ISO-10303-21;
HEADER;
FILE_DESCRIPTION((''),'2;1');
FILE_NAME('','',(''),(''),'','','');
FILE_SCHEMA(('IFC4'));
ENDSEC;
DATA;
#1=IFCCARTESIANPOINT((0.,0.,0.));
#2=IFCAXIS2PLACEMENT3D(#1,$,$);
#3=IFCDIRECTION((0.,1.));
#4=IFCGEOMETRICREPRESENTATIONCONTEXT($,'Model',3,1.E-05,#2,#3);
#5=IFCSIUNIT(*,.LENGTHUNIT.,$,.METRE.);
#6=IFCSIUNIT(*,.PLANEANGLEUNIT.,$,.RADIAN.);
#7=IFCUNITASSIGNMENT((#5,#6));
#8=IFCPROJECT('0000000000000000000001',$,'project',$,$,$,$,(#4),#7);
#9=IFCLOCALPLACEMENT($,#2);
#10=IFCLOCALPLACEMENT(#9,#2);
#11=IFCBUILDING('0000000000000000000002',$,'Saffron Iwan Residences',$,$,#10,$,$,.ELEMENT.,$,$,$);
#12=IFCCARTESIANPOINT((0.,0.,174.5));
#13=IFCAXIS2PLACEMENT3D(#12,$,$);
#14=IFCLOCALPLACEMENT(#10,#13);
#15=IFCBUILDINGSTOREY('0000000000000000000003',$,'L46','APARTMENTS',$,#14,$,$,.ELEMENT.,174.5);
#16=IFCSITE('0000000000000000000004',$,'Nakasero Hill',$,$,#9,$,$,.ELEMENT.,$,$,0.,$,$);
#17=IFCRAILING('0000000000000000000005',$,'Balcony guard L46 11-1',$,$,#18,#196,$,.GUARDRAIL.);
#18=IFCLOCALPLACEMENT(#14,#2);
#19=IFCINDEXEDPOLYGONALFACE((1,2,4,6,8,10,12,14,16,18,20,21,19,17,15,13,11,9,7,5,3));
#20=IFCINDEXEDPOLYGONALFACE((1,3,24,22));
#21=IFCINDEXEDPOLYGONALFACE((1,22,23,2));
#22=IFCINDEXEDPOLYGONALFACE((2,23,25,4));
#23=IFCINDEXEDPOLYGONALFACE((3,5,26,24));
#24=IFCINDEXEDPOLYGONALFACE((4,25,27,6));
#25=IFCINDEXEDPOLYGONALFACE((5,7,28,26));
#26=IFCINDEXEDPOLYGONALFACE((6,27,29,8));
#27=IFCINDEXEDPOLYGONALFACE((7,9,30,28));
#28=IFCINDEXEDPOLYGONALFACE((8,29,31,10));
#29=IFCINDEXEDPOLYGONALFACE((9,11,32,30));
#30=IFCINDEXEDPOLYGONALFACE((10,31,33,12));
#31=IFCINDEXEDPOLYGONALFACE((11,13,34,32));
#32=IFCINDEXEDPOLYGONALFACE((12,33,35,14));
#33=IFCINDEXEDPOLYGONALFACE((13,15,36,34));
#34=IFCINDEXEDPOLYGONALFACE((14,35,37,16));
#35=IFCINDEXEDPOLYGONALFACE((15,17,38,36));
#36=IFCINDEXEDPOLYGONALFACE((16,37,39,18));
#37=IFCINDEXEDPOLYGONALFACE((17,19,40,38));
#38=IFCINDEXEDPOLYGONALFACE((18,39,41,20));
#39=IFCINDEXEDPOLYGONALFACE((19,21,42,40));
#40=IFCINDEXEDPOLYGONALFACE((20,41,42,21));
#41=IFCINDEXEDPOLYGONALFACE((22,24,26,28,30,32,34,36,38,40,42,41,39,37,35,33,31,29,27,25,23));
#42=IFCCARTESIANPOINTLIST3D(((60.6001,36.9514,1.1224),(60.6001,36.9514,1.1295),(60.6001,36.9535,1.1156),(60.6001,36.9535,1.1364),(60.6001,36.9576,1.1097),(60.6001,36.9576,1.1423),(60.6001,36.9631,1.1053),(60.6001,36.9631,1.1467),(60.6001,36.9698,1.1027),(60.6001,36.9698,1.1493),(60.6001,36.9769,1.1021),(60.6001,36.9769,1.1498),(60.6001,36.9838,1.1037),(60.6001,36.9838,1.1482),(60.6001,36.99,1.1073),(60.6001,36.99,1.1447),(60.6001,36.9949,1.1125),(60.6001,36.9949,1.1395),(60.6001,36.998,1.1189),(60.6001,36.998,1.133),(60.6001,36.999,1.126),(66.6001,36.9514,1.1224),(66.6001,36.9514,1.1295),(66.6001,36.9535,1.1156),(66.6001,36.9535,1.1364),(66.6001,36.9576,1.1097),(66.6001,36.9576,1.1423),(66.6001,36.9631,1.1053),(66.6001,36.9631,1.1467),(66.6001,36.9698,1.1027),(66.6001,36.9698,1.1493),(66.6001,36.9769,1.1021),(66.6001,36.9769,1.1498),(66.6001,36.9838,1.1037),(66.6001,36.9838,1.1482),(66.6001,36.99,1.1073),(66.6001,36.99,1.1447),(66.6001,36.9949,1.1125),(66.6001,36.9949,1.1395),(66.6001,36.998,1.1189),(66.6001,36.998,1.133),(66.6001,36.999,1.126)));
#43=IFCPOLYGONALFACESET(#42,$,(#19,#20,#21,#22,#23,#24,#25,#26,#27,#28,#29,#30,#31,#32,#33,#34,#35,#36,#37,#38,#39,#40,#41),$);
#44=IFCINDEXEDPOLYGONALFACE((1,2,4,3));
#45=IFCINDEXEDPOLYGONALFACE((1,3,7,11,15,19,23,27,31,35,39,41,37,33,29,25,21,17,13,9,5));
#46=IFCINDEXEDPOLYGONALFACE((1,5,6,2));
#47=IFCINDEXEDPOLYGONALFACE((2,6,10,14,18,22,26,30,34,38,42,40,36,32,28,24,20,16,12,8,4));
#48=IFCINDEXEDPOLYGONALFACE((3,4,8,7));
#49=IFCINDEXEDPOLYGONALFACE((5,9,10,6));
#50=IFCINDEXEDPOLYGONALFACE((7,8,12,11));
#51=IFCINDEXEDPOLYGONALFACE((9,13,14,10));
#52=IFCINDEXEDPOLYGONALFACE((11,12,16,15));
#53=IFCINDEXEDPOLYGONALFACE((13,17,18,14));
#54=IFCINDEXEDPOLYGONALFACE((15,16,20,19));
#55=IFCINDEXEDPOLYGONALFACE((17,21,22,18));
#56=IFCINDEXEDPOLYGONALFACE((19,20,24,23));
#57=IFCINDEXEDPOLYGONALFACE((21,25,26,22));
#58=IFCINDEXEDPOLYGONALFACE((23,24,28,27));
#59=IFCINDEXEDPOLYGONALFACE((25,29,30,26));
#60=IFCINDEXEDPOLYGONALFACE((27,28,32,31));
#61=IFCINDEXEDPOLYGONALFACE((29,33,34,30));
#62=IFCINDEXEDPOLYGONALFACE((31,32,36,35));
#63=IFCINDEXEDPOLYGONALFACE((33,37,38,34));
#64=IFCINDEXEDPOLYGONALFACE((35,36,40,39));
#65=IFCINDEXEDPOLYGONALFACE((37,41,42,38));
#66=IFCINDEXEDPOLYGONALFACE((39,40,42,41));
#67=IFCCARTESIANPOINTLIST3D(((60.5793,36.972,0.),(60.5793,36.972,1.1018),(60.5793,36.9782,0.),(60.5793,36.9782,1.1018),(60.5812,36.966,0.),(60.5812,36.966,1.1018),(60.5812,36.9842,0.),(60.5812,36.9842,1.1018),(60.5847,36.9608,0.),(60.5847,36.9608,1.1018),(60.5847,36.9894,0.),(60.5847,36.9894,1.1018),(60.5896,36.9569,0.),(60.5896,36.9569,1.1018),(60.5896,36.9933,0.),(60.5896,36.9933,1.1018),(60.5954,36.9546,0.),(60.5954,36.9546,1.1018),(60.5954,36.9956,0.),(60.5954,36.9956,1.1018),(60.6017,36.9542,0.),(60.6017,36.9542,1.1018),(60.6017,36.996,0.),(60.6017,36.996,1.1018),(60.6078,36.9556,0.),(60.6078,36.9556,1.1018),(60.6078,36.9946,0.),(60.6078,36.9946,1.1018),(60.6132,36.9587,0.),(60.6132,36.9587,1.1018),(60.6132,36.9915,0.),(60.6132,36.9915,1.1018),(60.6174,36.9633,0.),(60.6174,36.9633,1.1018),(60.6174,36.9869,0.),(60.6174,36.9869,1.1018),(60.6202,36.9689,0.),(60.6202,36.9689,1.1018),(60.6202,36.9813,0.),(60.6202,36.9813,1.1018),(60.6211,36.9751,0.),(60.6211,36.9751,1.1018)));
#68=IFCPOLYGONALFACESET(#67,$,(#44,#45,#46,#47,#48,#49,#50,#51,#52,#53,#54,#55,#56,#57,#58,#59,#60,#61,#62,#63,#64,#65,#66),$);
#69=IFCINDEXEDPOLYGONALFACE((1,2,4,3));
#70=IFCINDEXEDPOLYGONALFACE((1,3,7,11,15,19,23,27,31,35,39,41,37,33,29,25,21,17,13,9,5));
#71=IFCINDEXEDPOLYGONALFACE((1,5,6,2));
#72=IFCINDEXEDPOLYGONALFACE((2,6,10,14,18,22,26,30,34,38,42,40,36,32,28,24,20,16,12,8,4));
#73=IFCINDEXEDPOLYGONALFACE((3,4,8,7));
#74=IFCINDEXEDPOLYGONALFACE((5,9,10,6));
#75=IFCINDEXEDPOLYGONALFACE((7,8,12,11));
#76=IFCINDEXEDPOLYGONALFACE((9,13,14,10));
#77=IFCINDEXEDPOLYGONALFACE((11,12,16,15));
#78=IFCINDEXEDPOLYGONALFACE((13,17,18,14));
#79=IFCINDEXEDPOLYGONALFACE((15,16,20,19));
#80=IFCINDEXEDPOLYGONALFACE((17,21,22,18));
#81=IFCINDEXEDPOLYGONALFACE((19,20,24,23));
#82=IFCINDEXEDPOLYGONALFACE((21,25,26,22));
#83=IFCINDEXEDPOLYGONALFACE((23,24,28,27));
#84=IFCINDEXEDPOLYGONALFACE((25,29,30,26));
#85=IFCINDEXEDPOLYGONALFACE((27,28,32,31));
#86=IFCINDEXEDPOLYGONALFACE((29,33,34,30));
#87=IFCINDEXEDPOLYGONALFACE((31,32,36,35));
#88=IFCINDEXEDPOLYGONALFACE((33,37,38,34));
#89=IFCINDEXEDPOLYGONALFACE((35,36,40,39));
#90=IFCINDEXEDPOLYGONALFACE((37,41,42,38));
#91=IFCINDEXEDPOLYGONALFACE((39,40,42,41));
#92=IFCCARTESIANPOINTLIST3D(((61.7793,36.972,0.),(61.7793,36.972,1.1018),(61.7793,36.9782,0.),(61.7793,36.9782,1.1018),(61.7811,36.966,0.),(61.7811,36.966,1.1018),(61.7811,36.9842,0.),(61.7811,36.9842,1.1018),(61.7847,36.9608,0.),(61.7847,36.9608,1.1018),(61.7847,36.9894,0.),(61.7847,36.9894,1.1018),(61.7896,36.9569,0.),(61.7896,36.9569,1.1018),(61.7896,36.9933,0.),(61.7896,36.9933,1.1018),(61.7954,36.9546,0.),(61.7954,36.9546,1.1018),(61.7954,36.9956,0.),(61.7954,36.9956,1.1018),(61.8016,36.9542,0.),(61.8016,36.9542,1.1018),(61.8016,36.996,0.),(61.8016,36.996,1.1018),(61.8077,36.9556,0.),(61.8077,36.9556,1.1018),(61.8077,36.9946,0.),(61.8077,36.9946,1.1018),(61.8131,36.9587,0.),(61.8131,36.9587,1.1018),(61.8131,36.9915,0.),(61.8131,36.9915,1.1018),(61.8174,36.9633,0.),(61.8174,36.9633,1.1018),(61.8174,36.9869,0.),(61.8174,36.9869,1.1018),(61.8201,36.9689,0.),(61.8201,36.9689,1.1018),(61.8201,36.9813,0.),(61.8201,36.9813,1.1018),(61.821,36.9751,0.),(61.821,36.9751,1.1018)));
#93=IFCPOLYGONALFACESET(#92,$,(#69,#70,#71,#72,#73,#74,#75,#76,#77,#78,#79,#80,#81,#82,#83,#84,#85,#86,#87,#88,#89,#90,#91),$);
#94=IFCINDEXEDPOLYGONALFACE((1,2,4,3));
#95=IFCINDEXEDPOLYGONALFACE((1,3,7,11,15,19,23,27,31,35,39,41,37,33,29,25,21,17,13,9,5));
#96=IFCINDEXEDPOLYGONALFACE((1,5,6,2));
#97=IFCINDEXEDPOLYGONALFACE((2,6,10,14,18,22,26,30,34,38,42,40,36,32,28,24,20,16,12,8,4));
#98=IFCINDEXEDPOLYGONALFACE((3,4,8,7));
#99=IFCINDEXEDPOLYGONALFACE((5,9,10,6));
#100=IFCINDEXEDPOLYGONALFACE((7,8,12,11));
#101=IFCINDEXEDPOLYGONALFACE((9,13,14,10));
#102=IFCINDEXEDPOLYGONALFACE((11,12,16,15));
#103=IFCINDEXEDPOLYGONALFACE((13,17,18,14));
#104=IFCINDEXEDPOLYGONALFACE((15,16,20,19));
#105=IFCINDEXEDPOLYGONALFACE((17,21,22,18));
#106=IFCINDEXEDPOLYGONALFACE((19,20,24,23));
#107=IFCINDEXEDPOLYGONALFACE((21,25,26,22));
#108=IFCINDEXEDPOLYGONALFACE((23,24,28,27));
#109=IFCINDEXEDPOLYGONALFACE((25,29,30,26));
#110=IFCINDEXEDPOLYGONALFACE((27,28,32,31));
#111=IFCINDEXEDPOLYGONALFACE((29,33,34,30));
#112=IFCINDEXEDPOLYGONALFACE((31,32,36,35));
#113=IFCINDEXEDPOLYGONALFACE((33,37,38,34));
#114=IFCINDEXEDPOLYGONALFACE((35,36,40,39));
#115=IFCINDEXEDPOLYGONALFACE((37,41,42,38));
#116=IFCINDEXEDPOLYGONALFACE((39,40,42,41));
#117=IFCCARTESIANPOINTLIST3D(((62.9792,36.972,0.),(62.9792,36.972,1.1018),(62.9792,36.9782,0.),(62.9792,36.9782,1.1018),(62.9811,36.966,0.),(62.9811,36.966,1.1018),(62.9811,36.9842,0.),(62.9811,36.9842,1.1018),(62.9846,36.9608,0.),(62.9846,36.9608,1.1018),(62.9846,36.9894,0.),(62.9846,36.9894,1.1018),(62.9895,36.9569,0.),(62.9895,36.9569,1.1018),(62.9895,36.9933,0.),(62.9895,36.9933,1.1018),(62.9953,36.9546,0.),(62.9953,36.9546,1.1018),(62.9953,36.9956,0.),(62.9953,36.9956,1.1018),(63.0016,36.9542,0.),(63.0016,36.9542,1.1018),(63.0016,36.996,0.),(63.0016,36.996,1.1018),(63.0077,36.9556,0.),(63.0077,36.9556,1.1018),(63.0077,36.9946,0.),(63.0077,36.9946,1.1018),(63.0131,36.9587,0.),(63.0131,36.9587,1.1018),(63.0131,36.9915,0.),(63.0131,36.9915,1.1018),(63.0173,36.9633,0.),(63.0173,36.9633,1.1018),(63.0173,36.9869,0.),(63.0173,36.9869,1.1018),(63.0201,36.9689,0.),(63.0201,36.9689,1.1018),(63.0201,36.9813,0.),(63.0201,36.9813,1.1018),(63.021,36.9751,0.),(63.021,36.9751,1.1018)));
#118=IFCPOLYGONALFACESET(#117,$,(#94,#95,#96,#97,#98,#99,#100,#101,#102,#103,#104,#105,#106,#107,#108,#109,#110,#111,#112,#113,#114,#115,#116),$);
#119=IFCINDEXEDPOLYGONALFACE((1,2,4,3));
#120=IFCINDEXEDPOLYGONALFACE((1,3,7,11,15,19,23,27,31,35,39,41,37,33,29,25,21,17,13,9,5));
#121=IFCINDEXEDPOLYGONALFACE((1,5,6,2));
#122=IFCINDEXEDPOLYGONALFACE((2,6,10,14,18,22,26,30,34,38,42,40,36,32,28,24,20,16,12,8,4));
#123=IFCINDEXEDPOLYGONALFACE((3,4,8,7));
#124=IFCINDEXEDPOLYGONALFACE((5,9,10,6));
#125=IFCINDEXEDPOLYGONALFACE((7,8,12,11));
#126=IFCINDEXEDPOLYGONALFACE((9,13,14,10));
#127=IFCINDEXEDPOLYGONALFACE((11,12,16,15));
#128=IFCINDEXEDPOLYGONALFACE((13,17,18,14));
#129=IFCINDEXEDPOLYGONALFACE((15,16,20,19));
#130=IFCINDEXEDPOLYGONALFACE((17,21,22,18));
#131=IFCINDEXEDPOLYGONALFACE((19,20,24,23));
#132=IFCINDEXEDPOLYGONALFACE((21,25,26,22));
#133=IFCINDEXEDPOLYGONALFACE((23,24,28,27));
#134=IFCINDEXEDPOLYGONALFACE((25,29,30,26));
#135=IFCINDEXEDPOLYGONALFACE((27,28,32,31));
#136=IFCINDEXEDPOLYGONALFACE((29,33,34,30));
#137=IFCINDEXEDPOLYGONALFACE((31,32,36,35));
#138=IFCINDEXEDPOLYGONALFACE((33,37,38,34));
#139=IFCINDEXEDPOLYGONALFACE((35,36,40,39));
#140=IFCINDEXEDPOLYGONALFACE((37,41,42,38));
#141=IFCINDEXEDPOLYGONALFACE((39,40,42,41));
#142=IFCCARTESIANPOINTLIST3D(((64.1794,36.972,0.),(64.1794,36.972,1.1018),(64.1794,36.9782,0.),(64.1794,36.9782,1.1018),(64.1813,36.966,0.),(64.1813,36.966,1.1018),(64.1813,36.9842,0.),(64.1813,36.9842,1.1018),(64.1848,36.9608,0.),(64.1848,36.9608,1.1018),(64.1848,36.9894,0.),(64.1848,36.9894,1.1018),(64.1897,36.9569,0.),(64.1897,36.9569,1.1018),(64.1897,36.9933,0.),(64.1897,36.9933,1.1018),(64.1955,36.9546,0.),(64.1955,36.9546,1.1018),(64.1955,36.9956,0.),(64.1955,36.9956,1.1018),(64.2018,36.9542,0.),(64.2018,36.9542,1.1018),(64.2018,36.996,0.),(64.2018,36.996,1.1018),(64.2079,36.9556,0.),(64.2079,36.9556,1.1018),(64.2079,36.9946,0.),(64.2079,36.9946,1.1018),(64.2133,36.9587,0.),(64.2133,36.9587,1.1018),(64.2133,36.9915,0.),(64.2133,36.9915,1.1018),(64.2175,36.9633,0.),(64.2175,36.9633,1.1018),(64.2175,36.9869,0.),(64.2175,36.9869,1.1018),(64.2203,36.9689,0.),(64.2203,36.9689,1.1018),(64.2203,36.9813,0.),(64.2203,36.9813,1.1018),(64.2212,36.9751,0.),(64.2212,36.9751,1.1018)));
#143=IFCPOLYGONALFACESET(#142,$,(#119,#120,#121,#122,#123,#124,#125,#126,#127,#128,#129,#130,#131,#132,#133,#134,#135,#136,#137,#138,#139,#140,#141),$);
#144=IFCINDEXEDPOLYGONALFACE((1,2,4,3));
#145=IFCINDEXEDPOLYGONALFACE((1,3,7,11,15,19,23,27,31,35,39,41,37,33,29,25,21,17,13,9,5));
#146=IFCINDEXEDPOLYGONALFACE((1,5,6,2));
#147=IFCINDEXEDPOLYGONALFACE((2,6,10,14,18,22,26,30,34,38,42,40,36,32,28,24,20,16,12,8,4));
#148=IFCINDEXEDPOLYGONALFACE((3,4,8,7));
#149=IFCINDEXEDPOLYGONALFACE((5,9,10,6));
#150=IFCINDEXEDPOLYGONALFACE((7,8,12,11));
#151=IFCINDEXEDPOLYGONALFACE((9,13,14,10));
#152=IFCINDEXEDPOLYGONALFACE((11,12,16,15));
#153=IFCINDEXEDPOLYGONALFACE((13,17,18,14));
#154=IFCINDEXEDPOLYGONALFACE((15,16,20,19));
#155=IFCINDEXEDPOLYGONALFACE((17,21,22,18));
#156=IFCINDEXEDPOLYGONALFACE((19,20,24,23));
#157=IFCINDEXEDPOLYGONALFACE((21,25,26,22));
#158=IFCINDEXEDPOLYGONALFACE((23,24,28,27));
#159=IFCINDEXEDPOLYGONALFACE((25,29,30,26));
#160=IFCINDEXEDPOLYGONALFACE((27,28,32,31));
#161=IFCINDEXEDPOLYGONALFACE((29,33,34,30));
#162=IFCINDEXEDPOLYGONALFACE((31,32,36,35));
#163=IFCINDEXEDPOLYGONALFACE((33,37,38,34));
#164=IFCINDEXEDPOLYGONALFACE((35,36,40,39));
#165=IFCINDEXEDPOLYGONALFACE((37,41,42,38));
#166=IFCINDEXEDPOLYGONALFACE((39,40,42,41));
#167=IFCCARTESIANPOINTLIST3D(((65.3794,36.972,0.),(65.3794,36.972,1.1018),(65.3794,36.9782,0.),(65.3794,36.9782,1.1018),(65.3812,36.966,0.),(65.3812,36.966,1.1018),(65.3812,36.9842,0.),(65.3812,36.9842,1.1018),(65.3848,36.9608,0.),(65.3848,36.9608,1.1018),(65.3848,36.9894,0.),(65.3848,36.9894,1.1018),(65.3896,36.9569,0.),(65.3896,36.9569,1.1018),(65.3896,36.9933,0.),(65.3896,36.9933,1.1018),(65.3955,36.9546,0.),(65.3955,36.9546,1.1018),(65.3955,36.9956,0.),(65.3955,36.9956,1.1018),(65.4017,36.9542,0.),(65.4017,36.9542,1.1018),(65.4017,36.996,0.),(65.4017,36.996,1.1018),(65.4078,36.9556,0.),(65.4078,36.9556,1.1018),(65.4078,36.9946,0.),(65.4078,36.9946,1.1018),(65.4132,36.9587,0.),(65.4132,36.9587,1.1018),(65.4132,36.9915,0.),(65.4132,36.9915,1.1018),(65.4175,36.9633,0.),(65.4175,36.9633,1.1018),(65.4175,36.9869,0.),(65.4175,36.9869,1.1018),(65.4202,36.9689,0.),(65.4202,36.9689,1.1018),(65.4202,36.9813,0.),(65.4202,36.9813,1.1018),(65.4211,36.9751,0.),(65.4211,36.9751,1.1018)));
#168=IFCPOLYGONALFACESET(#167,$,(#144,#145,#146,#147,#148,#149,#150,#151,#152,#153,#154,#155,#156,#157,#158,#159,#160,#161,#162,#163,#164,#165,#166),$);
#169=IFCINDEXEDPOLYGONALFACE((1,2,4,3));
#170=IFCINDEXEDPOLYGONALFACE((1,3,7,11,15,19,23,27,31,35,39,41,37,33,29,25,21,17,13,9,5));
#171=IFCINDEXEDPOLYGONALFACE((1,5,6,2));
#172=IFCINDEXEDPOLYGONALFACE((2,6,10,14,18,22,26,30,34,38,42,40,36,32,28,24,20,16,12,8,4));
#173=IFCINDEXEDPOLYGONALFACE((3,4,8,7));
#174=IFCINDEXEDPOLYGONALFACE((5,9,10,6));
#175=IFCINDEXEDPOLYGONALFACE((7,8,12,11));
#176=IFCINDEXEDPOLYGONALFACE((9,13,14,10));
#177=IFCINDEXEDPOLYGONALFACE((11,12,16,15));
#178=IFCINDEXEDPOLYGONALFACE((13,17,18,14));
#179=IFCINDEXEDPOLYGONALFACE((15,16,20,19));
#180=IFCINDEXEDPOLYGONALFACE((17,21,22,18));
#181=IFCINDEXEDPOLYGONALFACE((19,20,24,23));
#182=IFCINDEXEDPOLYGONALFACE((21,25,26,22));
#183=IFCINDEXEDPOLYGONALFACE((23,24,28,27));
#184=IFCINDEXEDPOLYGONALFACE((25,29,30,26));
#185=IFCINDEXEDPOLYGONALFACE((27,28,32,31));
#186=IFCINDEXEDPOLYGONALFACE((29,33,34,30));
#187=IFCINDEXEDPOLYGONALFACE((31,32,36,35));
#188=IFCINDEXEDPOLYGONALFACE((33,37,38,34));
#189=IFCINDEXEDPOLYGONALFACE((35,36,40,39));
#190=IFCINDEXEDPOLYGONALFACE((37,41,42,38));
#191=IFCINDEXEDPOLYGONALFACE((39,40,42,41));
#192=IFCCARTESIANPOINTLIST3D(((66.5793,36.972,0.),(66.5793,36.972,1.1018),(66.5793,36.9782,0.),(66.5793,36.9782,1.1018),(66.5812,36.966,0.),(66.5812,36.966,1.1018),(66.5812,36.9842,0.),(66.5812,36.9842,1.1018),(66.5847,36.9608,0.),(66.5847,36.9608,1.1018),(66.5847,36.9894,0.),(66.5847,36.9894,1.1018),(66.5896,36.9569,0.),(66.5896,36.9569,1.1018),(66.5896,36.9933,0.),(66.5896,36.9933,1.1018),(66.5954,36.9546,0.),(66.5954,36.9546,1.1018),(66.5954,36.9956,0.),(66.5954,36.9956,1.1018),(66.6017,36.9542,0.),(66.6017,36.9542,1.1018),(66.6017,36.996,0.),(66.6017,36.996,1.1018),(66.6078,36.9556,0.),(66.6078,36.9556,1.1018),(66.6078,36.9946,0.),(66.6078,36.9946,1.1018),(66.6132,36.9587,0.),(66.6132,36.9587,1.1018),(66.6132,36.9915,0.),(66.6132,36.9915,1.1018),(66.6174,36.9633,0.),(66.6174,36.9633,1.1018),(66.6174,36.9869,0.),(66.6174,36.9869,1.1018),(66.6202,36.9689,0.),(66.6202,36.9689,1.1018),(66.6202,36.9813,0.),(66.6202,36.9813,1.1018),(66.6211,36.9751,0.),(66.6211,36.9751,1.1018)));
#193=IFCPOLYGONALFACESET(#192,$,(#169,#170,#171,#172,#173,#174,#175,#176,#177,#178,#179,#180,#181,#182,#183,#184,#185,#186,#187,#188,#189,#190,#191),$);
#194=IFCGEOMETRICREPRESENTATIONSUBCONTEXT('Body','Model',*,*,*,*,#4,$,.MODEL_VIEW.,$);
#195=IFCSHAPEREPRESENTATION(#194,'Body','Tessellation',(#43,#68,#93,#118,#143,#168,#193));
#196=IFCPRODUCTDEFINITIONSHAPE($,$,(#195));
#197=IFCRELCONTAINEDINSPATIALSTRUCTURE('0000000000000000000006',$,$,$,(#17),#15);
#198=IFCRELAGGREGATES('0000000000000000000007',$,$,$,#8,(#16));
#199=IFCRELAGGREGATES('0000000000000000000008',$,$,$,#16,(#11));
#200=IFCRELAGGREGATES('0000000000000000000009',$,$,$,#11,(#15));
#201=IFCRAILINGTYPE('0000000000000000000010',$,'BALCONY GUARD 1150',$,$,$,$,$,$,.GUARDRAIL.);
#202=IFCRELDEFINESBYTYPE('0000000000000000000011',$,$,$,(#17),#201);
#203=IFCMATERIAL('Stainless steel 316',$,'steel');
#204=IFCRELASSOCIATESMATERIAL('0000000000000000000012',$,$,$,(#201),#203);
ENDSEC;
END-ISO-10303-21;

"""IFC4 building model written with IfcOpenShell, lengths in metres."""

from ifc_helpers import new_model, si_unit, direction, frame, origin, origin_2d, place, context, subcontext, project, spatial, circle, extrude, material, type_object, element, save


model = new_model("IFC4")

# Units and contexts
model_context = context("Model", 3, precision=1e-05, world=origin(), true_north=direction((0.0, 1.0)))
body_context = subcontext(model_context, "Body", "Model", "MODEL_VIEW")
ifc_project = project(units=[si_unit("LENGTHUNIT", "METRE"), si_unit("PLANEANGLEUNIT", "RADIAN")], contexts=[model_context])

# Site, building, storey
site_placement = place(None, origin())
site = spatial("IfcSite", under=ifc_project, at=site_placement, Name="Nakasero Hill", CompositionType="ELEMENT", RefElevation=0.0)
building_placement = place(site_placement, origin())
building = spatial("IfcBuilding", under=site, at=building_placement, Name="Saffron Iwan Residences", CompositionType="ELEMENT")
storey_placement = place(building_placement, frame((0.0, 0.0, 174.5)))
storey = spatial("IfcBuildingStorey", under=building, at=storey_placement, Name="L46", Description="APARTMENTS", CompositionType="ELEMENT", Elevation=174.5)

# Railing
ifc_material_1 = material(Name="Stainless steel 316", Category="steel")
railing_type = type_object("IfcRailingType", Name="BALCONY GUARD 1150", PredefinedType="GUARDRAIL", material=ifc_material_1)
railing_placement = place(storey_placement, frame((60.6001, 36.9751, 0.0)))
element("IfcRailing", 1, at=railing_placement, inside=storey, type_object=railing_type, Name="Balcony guard L46 11-1", PredefinedType="GUARDRAIL", context=body_context, shape_type="SweptSolid", body=[
    extrude(circle(Radius=0.0239, at=origin_2d()), frame((0.0, 0.0, 1.126), z_axis=(1.0, 0.0, 0.0), x_axis=(0.0, 1.0, 0.0)), (0.0, 0.0, 1.0), 6.0),
    extrude(circle(Radius=0.021, at=origin_2d()), origin(), (0.0, 0.0, 1.0), 1.1018),
    extrude(circle(Radius=0.021, at=origin_2d()), frame((1.2, 0.0, 0.0)), (0.0, 0.0, 1.0), 1.1018),
    extrude(circle(Radius=0.021, at=origin_2d()), frame((2.3999, 0.0, 0.0)), (0.0, 0.0, 1.0), 1.1018),
    extrude(circle(Radius=0.021, at=origin_2d()), frame((3.6001, 0.0, 0.0)), (0.0, 0.0, 1.0), 1.1018),
    extrude(circle(Radius=0.021, at=origin_2d()), frame((4.8, 0.0, 0.0)), (0.0, 0.0, 1.0), 1.1018),
    extrude(circle(Radius=0.021, at=origin_2d()), frame((6.0, 0.0, 0.0)), (0.0, 0.0, 1.0), 1.1018),
])

save(model, "model.ifc")
